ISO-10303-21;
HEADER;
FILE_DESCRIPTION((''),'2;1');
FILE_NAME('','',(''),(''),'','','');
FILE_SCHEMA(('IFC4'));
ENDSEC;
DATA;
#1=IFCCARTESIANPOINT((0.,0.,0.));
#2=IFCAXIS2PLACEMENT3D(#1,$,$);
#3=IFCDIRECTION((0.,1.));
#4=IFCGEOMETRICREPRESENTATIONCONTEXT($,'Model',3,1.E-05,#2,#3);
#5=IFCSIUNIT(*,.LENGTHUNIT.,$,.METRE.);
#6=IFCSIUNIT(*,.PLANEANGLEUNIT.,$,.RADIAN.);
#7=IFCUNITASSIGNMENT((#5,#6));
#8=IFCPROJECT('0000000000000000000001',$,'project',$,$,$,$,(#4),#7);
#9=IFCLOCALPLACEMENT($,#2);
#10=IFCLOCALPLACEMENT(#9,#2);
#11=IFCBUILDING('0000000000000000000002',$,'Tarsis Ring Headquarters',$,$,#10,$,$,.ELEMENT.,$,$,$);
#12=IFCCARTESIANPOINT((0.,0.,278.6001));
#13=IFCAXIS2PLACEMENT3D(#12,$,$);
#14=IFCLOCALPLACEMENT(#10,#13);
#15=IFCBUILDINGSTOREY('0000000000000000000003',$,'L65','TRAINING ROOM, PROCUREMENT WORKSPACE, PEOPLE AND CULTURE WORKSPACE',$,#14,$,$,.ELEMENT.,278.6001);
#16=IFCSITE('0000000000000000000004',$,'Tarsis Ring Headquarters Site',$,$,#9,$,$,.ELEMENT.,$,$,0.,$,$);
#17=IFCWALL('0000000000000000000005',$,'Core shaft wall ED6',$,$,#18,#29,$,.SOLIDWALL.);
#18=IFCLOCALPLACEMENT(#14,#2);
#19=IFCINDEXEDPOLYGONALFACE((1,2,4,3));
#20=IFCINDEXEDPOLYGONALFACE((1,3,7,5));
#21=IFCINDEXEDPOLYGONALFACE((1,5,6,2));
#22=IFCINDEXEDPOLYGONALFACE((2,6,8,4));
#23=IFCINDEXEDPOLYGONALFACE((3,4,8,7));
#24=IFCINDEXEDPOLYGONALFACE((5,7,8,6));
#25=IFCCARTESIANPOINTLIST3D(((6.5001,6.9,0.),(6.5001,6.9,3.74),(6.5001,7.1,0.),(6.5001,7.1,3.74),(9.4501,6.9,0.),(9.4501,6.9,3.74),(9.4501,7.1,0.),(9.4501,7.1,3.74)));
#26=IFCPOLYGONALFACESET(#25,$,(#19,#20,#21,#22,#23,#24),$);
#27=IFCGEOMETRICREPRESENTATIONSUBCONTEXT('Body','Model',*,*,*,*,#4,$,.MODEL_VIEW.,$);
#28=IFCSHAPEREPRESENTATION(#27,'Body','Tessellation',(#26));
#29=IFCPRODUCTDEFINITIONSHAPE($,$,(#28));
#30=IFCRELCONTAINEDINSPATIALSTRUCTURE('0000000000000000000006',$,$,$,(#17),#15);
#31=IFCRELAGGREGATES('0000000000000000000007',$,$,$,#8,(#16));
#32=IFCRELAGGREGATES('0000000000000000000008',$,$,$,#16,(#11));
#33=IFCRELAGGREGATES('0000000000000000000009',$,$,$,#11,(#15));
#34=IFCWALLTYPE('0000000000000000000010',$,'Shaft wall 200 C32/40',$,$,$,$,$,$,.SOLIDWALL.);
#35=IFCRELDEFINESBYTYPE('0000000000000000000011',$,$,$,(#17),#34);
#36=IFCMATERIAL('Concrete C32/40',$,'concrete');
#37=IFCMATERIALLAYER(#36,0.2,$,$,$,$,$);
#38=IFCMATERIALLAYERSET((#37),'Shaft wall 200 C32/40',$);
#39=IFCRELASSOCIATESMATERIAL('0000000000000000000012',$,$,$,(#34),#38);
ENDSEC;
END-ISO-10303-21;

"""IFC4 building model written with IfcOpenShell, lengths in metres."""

from ifc_helpers import new_model, si_unit, direction, frame, frame_2d, origin, place, context, subcontext, project, spatial, rectangle, extrude, material, layer, layer_set, type_object, element, save


model = new_model("IFC4")

# Units and contexts
model_context = context("Model", 3, precision=1e-05, world=origin(), true_north=direction((0.0, 1.0)))
body_context = subcontext(model_context, "Body", "Model", "MODEL_VIEW")
ifc_project = project(units=[si_unit("LENGTHUNIT", "METRE"), si_unit("PLANEANGLEUNIT", "RADIAN")], contexts=[model_context])

# Site, building, storey
site_placement = place(None, origin())
site = spatial("IfcSite", under=ifc_project, at=site_placement, Name="Tarsis Ring Headquarters Site", CompositionType="ELEMENT", RefElevation=0.0)
building_placement = place(site_placement, origin())
building = spatial("IfcBuilding", under=site, at=building_placement, Name="Tarsis Ring Headquarters", CompositionType="ELEMENT")
storey_placement = place(building_placement, frame((0.0, 0.0, 278.6001)))
storey = spatial("IfcBuildingStorey", under=building, at=storey_placement, Name="L65", Description="TRAINING ROOM, PROCUREMENT WORKSPACE, PEOPLE AND CULTURE WORKSPACE", CompositionType="ELEMENT", Elevation=278.6001)

# Shared definitions
ifc_material_1 = material(Name="Concrete C32/40", Category="concrete")

# Shared definitions
ifc_layer_1 = layer(ifc_material_1, 0.2)
ifc_layer_set_1 = layer_set([ifc_layer_1], Name="Shaft wall 200 C32/40")
wall_type_1 = type_object("IfcWallType", Name="Shaft wall 200 C32/40", PredefinedType="SOLIDWALL", material=ifc_layer_set_1)

# Wall
wall_1_placement = place(storey_placement, frame((6.5, 7.0, 0.0), z_axis=(0.0, 0.0, 1.0), x_axis=(1.0, 0.0, 0.0)))
element("IfcWall", 1, at=wall_1_placement, inside=storey, type_object=wall_type_1, Name="Core shaft wall ED6", PredefinedType="SOLIDWALL", context=body_context, shape_type="SweptSolid", body=[
    extrude(rectangle(XDim=2.95, YDim=0.2, at=frame_2d((1.4751, 0.0))), origin(), (0.0, 0.0, 1.0), 3.74),
])

save(model, "model.ifc")
